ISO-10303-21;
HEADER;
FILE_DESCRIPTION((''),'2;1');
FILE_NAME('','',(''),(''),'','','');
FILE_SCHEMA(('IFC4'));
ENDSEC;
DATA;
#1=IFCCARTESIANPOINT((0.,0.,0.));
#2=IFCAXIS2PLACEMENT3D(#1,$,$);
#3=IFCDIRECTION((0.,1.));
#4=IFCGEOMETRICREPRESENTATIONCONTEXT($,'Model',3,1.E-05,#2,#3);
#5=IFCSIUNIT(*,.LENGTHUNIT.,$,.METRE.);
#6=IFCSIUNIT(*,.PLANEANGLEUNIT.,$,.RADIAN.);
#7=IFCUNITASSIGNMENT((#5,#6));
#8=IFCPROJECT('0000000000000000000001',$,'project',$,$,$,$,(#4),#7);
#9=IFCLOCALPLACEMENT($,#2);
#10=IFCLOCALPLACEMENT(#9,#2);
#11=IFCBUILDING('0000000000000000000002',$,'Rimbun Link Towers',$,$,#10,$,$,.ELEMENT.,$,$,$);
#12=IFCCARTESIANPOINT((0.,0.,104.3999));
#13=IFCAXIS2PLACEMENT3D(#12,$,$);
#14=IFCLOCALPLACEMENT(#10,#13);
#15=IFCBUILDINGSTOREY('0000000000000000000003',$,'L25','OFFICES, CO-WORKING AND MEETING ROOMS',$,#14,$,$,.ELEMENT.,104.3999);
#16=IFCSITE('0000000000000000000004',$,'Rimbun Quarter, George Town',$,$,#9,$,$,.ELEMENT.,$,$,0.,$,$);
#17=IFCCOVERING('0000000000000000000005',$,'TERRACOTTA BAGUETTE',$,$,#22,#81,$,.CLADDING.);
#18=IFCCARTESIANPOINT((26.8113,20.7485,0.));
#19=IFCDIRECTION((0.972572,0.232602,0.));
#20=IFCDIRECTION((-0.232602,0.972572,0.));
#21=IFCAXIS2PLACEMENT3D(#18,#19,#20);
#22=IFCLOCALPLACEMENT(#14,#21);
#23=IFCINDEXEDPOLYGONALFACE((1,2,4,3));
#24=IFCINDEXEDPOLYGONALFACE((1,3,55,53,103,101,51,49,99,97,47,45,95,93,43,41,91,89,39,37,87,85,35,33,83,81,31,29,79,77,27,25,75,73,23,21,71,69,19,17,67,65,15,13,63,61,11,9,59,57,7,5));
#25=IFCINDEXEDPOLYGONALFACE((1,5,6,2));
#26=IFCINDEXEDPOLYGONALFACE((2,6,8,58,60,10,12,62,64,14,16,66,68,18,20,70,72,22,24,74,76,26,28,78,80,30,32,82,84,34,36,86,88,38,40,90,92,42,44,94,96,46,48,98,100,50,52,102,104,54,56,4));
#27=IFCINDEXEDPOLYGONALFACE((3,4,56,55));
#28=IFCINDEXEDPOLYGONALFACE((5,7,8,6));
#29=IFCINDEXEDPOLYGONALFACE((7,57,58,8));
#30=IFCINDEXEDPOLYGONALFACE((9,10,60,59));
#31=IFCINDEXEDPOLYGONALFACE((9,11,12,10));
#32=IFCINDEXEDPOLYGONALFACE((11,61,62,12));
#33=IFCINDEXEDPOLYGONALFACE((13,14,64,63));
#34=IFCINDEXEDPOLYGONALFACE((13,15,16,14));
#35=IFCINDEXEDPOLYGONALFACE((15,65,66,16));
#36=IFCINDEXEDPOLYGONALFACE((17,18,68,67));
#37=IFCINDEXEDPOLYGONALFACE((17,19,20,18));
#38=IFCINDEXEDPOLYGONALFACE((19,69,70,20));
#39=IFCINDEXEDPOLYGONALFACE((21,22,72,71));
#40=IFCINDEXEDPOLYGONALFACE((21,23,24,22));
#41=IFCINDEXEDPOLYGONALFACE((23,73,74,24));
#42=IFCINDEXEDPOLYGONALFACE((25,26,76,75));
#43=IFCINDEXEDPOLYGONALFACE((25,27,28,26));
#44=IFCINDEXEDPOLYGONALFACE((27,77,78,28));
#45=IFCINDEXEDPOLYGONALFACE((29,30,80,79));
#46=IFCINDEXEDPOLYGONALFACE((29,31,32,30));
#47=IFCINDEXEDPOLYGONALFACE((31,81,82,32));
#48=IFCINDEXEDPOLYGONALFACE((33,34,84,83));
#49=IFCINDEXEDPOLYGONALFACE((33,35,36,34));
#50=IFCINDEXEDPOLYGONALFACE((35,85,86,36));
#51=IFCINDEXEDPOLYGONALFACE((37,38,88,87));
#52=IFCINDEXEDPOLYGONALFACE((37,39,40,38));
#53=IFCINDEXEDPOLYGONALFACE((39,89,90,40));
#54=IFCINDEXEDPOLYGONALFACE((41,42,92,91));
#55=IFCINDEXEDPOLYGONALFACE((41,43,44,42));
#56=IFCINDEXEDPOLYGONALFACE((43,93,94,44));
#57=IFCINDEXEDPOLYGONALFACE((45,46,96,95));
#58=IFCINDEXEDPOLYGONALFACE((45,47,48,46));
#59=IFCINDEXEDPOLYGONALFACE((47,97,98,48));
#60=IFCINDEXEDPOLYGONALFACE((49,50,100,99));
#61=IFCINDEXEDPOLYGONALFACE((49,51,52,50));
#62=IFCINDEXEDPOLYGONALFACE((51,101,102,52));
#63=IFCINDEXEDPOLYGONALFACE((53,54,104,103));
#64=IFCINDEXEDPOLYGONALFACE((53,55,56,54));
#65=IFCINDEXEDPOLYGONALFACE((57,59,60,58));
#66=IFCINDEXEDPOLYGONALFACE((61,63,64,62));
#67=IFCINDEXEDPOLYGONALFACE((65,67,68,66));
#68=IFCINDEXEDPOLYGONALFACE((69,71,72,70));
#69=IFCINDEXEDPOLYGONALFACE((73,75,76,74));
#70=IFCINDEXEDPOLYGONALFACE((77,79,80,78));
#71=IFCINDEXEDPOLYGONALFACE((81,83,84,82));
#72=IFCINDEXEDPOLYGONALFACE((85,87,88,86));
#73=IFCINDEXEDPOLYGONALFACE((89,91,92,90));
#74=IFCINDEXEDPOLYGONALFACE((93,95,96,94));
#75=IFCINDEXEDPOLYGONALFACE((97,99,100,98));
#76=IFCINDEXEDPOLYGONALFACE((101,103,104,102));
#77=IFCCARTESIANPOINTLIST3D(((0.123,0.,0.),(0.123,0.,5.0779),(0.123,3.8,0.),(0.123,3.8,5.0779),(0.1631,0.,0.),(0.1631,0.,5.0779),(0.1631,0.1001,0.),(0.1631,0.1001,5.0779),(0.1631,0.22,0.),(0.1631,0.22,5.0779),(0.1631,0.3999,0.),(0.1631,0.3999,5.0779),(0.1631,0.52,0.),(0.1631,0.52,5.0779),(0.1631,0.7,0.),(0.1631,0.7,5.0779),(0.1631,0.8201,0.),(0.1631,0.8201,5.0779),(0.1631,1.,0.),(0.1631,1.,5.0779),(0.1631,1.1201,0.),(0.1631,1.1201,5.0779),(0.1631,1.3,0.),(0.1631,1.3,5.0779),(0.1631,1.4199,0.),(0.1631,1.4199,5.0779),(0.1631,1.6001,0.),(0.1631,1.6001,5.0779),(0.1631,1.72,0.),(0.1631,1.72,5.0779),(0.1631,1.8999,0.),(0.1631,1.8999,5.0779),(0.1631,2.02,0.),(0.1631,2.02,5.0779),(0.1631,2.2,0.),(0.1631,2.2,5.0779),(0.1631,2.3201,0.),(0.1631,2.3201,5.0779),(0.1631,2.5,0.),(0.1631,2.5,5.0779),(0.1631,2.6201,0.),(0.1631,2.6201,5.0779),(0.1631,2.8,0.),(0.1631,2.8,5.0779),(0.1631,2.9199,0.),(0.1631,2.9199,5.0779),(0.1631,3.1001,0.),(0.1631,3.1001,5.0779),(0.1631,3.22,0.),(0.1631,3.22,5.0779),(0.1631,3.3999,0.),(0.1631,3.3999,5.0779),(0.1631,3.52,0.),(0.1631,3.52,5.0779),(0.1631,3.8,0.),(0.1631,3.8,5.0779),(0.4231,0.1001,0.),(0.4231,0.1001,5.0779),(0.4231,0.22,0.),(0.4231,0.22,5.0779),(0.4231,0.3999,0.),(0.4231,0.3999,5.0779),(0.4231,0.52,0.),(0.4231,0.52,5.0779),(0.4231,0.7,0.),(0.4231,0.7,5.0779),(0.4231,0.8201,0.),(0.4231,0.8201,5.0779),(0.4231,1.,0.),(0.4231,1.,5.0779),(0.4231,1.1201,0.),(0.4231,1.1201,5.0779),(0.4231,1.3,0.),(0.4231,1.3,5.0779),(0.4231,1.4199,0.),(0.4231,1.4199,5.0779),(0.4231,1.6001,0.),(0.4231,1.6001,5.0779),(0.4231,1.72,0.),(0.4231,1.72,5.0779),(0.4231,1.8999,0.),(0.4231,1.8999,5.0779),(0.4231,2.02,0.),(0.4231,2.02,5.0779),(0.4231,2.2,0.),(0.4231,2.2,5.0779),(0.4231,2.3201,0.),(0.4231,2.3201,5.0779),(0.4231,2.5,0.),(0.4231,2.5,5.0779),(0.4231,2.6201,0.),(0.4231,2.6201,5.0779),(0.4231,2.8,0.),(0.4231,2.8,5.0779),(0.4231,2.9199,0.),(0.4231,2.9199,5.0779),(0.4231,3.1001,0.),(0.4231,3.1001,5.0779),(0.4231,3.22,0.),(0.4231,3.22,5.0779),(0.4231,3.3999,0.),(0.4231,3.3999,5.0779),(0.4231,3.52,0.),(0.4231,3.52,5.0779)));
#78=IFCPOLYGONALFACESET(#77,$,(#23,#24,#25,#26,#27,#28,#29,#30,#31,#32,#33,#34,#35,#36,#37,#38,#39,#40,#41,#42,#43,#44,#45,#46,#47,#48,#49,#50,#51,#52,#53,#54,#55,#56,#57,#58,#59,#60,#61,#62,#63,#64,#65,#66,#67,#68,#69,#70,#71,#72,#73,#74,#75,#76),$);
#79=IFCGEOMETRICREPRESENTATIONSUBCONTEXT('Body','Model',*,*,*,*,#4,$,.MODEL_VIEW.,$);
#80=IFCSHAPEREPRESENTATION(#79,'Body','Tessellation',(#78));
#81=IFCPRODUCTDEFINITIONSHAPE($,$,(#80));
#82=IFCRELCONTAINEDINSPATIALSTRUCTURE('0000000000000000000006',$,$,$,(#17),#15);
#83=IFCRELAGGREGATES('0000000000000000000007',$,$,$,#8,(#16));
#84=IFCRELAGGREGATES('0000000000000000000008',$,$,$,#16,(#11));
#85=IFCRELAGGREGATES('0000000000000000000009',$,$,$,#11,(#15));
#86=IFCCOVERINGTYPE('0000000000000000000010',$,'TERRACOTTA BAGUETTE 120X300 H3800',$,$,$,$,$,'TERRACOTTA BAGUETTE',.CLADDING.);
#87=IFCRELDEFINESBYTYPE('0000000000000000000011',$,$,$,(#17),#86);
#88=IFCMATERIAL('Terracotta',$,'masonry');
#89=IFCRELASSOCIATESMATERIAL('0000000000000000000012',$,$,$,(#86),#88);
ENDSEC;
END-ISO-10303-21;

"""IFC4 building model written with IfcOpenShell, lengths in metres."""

from ifc_helpers import new_model, si_unit, direction, frame, origin, place, context, subcontext, project, spatial, polyline, outline, extrude, material, material_profile, profile_set, type_object, element, save


model = new_model("IFC4")

# Units and contexts
model_context = context("Model", 3, precision=1e-05, world=origin(), true_north=direction((0.0, 1.0)))
body_context = subcontext(model_context, "Body", "Model", "MODEL_VIEW")
ifc_project = project(units=[si_unit("LENGTHUNIT", "METRE"), si_unit("PLANEANGLEUNIT", "RADIAN")], contexts=[model_context])

# Site, building, storey
site_placement = place(None, origin())
site = spatial("IfcSite", under=ifc_project, at=site_placement, Name="Rimbun Quarter, George Town", CompositionType="ELEMENT", RefElevation=0.0)
building_placement = place(site_placement, origin())
building = spatial("IfcBuilding", under=site, at=building_placement, Name="Rimbun Link Towers", CompositionType="ELEMENT")
storey_placement = place(building_placement, frame((0.0, 0.0, 104.3999)))
storey = spatial("IfcBuildingStorey", under=building, at=storey_placement, Name="L25", Description="OFFICES, CO-WORKING AND MEETING ROOMS", CompositionType="ELEMENT", Elevation=104.3999)

# Covering
ifc_material_1 = material(Name="Terracotta", Category="masonry")
ifc_material_profile_1 = material_profile(ifc_material_1, outline(polyline([(0.123, 0.0), (0.1631, 0.0), (0.1631, 0.1001), (0.4231, 0.1001), (0.4231, 0.22), (0.1631, 0.22), (0.1631, 0.3999), (0.4231, 0.3999), (0.4231, 0.52), (0.1631, 0.52), (0.1631, 0.7), (0.4231, 0.7), (0.4231, 0.8201), (0.1631, 0.8201), (0.1631, 1.0), (0.4231, 1.0), (0.4231, 1.1201), (0.1631, 1.1201), (0.1631, 1.3), (0.4231, 1.3), (0.4231, 1.4199), (0.1631, 1.4199), (0.1631, 1.6001), (0.4231, 1.6001), (0.4231, 1.72), (0.1631, 1.72), (0.1631, 1.8999), (0.4231, 1.8999), (0.4231, 2.02), (0.1631, 2.02), (0.1631, 2.2), (0.4231, 2.2), (0.4231, 2.3201), (0.1631, 2.3201), (0.1631, 2.5), (0.4231, 2.5), (0.4231, 2.6201), (0.1631, 2.6201), (0.1631, 2.8), (0.4231, 2.8), (0.4231, 2.9199), (0.1631, 2.9199), (0.1631, 3.1001), (0.4231, 3.1001), (0.4231, 3.22), (0.1631, 3.22), (0.1631, 3.3999), (0.4231, 3.3999), (0.4231, 3.52), (0.1631, 3.52), (0.1631, 3.8), (0.123, 3.8), (0.123, 0.0)])), Name="BAGUETTE 120X300")
ifc_profile_set_1 = profile_set([ifc_material_profile_1], Name="Terracotta")
covering_type = type_object("IfcCoveringType", Name="TERRACOTTA BAGUETTE 120X300 H3800", ElementType="TERRACOTTA BAGUETTE", PredefinedType="CLADDING", material=ifc_profile_set_1)
covering_1_placement = place(storey_placement, frame((26.8113, 20.7485, 0.0), z_axis=(0.972572, 0.232602, 0.0), x_axis=(-0.232602, 0.972572, 0.0)))
element("IfcCovering", 1, at=covering_1_placement, inside=storey, type_object=covering_type, Name="TERRACOTTA BAGUETTE", PredefinedType="CLADDING", context=body_context, shape_type="SweptSolid", body=[
    extrude(outline(polyline([(0.123, 0.0), (0.1631, 0.0), (0.1631, 0.1001), (0.4231, 0.1001), (0.4231, 0.22), (0.1631, 0.22), (0.1631, 0.3999), (0.4231, 0.3999), (0.4231, 0.52), (0.1631, 0.52), (0.1631, 0.7), (0.4231, 0.7), (0.4231, 0.8201), (0.1631, 0.8201), (0.1631, 1.0), (0.4231, 1.0), (0.4231, 1.1201), (0.1631, 1.1201), (0.1631, 1.3), (0.4231, 1.3), (0.4231, 1.4199), (0.1631, 1.4199), (0.1631, 1.6001), (0.4231, 1.6001), (0.4231, 1.72), (0.1631, 1.72), (0.1631, 1.8999), (0.4231, 1.8999), (0.4231, 2.02), (0.1631, 2.02), (0.1631, 2.2), (0.4231, 2.2), (0.4231, 2.3201), (0.1631, 2.3201), (0.1631, 2.5), (0.4231, 2.5), (0.4231, 2.6201), (0.1631, 2.6201), (0.1631, 2.8), (0.4231, 2.8), (0.4231, 2.9199), (0.1631, 2.9199), (0.1631, 3.1001), (0.4231, 3.1001), (0.4231, 3.22), (0.1631, 3.22), (0.1631, 3.3999), (0.4231, 3.3999), (0.4231, 3.52), (0.1631, 3.52), (0.1631, 3.8), (0.123, 3.8), (0.123, 0.0)])), origin(), (0.0, 0.0, 1.0), 5.0779),
])

save(model, "model.ifc")
